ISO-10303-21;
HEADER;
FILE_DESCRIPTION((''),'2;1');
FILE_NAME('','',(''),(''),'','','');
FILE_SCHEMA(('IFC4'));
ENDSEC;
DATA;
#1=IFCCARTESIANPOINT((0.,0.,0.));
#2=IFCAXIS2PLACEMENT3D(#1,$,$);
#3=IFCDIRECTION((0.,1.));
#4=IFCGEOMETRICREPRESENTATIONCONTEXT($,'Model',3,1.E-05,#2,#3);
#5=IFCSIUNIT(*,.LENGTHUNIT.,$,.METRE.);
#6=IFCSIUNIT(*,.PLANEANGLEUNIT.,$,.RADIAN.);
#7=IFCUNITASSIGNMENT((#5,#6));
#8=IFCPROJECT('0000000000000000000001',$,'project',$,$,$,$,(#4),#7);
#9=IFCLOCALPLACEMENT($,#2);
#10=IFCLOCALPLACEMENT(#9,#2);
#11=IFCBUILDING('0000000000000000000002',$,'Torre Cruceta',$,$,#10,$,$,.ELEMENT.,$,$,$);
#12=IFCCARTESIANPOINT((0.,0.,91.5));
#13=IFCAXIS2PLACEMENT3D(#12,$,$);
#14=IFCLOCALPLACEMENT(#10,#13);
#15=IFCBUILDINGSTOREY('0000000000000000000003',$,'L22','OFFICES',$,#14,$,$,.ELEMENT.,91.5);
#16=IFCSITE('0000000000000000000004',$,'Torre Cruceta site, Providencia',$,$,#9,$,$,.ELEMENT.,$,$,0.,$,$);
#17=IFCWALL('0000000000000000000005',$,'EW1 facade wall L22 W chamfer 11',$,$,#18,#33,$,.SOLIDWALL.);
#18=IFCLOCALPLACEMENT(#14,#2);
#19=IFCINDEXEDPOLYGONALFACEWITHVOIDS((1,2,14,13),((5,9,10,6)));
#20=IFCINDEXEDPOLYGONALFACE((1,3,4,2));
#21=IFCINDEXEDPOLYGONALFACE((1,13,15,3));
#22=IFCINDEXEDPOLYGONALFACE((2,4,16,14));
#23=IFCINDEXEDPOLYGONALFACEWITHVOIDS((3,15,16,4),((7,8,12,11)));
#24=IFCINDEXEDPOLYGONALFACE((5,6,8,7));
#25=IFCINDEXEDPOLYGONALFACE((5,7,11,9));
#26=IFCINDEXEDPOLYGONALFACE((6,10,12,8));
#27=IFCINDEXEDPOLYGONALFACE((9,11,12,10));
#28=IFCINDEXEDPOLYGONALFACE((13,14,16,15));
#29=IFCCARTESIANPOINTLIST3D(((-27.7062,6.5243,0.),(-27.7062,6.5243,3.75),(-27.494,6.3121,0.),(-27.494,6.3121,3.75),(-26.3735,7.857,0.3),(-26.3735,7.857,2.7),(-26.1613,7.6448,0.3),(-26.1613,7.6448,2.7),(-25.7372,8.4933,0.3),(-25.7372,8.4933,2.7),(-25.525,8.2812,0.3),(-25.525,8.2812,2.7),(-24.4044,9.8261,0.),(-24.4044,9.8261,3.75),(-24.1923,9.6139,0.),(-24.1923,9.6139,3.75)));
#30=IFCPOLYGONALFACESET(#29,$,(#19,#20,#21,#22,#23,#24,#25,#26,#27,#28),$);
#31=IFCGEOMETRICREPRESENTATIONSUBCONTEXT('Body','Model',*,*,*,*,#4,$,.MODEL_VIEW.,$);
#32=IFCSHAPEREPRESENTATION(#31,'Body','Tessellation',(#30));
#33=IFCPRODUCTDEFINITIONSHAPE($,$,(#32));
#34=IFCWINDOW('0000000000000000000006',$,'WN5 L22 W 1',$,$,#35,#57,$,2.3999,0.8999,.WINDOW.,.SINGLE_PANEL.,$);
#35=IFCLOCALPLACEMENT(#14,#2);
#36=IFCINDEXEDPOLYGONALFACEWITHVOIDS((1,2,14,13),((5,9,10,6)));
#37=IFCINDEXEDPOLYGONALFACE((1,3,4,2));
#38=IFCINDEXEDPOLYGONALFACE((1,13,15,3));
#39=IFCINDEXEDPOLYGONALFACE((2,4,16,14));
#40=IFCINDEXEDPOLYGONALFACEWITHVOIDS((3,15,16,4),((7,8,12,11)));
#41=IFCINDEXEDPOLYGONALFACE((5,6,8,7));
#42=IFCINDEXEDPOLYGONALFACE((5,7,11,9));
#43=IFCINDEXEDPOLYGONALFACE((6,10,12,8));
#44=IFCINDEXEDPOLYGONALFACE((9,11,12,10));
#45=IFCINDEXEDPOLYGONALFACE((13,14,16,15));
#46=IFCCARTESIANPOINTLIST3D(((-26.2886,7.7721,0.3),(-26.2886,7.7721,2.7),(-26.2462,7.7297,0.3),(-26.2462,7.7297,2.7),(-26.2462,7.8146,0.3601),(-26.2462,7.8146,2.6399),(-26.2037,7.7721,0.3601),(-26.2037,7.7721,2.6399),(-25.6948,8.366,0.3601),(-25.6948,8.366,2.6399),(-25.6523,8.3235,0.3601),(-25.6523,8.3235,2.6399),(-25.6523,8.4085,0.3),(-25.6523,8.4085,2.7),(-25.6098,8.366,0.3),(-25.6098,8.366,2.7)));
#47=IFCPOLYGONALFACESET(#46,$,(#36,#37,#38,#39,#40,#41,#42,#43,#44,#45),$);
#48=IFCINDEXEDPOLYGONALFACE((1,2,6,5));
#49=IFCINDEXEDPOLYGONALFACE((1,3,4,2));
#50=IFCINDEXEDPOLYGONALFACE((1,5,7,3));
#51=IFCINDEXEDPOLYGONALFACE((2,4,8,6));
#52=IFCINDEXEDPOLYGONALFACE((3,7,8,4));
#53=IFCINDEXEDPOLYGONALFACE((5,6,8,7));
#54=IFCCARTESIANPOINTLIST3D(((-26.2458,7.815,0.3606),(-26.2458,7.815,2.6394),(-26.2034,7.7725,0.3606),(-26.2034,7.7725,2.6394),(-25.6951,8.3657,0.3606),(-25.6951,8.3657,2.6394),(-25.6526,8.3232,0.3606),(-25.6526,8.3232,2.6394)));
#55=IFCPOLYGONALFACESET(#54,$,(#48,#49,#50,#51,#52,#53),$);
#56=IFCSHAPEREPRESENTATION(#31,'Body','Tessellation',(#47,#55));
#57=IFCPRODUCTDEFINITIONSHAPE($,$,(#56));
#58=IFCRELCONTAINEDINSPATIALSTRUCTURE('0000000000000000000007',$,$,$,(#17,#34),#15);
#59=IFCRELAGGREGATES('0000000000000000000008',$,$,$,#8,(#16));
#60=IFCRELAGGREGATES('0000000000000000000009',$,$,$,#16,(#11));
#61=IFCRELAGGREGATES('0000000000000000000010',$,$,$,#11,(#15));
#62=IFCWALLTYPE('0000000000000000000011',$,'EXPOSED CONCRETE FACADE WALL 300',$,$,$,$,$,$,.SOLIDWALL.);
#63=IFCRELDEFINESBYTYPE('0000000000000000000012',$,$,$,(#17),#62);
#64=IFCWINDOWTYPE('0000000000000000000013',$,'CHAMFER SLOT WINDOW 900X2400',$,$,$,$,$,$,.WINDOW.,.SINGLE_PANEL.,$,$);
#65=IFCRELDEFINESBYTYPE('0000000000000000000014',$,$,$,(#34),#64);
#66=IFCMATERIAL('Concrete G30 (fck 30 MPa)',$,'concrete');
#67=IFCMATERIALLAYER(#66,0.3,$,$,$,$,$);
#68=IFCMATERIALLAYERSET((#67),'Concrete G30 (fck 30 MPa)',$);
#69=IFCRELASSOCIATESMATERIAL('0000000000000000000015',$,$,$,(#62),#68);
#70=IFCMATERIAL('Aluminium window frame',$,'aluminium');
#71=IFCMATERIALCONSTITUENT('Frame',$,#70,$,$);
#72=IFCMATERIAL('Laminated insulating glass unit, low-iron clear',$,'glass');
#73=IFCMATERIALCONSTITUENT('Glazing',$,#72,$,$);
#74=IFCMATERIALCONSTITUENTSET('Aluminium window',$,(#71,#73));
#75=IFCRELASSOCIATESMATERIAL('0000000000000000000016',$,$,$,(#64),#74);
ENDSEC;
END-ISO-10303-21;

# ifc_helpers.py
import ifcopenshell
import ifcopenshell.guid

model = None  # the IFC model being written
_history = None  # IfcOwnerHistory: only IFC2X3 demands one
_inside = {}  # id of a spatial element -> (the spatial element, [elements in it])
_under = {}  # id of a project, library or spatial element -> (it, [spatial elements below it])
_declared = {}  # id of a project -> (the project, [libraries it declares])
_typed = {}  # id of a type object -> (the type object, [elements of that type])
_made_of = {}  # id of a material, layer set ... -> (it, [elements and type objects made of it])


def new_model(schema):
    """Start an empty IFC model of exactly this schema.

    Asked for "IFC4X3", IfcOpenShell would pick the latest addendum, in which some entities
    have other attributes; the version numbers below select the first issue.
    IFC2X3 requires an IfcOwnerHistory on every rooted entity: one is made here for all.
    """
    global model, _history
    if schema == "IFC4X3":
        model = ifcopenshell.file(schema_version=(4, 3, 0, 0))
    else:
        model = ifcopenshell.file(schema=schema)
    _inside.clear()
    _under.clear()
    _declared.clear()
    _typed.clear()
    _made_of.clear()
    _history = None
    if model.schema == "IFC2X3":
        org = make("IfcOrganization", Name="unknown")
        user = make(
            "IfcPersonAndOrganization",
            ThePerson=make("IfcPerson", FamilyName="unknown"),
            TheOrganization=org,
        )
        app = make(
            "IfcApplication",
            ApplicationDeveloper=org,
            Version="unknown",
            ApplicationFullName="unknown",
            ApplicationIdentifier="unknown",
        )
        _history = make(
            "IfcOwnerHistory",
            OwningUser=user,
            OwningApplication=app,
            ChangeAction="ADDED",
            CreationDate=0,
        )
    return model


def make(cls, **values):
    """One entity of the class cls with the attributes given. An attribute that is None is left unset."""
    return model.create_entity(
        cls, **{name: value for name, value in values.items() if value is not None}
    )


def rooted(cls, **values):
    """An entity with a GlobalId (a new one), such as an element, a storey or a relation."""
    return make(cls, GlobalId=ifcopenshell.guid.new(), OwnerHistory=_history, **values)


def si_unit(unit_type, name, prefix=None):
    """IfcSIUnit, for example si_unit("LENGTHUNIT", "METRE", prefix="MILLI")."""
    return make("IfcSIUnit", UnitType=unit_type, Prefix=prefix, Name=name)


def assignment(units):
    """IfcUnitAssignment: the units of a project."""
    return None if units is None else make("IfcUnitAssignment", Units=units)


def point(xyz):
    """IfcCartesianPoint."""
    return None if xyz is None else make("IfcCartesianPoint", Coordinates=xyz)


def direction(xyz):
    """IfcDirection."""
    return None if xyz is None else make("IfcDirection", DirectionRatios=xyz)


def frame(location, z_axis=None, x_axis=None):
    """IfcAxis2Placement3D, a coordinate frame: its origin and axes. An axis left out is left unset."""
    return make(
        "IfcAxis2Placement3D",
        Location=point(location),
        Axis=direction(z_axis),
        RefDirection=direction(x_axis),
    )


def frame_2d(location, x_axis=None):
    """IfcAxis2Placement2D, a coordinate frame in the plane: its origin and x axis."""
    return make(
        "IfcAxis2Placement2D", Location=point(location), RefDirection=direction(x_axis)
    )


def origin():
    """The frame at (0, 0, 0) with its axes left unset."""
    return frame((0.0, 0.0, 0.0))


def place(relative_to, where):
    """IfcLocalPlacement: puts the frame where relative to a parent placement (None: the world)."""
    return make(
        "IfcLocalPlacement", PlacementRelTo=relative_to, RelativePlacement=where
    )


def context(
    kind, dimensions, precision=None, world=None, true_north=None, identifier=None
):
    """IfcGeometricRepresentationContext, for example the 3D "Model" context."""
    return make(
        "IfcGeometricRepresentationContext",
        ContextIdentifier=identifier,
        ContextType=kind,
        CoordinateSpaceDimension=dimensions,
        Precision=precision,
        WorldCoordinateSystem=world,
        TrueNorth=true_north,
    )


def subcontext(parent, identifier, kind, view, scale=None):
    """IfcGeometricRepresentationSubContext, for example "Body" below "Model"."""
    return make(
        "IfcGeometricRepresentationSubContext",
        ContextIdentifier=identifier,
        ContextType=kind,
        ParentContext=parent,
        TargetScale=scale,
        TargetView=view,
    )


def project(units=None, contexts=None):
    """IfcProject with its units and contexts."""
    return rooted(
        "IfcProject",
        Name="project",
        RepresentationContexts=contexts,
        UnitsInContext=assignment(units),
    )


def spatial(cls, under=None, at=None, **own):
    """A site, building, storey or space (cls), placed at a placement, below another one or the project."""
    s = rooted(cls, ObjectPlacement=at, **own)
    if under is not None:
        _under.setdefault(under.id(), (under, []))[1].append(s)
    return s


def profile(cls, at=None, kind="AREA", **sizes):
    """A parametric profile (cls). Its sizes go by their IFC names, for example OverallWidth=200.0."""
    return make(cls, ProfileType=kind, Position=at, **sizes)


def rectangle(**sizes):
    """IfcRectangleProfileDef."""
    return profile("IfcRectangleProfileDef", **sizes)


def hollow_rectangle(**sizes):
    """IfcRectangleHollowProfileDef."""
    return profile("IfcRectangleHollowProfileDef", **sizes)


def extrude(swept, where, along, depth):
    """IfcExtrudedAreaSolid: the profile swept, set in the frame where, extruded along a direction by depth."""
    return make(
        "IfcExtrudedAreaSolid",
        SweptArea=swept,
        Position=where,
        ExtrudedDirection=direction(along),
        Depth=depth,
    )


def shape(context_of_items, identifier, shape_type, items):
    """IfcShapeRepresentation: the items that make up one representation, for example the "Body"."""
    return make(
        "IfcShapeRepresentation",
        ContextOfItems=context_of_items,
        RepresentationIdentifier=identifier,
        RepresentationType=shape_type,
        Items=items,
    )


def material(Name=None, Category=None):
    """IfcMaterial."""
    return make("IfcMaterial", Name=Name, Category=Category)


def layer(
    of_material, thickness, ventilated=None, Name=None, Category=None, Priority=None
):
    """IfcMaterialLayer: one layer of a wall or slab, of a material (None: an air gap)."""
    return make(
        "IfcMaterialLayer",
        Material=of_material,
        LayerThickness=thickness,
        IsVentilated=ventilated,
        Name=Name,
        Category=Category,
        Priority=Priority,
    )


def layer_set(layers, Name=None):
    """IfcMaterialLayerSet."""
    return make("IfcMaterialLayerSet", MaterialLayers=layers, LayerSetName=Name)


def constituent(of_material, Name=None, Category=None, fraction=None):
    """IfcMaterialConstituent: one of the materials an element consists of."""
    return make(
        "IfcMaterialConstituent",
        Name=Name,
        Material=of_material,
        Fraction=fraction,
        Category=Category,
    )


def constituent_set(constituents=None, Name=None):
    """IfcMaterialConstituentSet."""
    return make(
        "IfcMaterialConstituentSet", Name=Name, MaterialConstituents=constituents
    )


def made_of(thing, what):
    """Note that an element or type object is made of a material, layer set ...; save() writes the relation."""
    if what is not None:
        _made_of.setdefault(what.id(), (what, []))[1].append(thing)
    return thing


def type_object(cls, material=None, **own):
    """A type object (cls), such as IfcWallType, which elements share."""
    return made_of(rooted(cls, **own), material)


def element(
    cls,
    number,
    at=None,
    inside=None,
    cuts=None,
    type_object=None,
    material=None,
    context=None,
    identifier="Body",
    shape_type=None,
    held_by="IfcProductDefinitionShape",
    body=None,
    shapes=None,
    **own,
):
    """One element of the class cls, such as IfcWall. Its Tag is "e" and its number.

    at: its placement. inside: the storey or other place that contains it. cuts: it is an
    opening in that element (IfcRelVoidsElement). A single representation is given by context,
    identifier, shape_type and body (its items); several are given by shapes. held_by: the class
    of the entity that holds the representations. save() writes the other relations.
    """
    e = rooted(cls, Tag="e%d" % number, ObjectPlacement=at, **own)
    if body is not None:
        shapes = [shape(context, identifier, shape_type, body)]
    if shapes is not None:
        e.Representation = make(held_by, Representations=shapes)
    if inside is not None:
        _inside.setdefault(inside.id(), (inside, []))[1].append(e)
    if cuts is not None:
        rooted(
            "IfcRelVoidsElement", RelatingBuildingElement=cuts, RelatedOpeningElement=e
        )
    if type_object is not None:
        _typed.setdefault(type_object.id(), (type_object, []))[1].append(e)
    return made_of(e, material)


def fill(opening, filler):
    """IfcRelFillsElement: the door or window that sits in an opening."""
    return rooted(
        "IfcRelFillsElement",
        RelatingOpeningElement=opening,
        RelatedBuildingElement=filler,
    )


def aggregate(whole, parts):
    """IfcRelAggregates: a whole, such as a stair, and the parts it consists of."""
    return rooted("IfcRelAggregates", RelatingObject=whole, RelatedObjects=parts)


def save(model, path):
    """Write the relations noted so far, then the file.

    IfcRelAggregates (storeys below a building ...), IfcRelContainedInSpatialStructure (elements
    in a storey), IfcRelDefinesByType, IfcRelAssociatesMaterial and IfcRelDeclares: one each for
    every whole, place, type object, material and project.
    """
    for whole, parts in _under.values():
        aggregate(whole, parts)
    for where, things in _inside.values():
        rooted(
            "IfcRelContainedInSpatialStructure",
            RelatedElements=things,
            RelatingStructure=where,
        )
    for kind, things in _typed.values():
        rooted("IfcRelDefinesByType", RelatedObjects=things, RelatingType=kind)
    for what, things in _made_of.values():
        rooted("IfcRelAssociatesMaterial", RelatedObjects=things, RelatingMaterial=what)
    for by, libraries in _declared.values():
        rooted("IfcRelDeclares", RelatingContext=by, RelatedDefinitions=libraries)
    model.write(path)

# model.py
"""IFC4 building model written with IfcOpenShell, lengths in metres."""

from ifc_helpers import new_model, si_unit, direction, frame, frame_2d, origin, place, context, subcontext, project, spatial, rectangle, hollow_rectangle, extrude, material, layer, layer_set, constituent, constituent_set, type_object, element, fill, save


model = new_model("IFC4")

# Units and contexts
model_context = context("Model", 3, precision=1e-05, world=origin(), true_north=direction((0.0, 1.0)))
body_context = subcontext(model_context, "Body", "Model", "MODEL_VIEW")
ifc_project = project(units=[si_unit("LENGTHUNIT", "METRE"), si_unit("PLANEANGLEUNIT", "RADIAN")], contexts=[model_context])

# Site, building, storey
site_placement = place(None, origin())
site = spatial("IfcSite", under=ifc_project, at=site_placement, Name="Torre Cruceta site, Providencia", CompositionType="ELEMENT", RefElevation=0.0)
building_placement = place(site_placement, origin())
building = spatial("IfcBuilding", under=site, at=building_placement, Name="Torre Cruceta", CompositionType="ELEMENT")
storey_placement = place(building_placement, frame((0.0, 0.0, 91.5)))
storey = spatial("IfcBuildingStorey", under=building, at=storey_placement, Name="L22", Description="OFFICES", CompositionType="ELEMENT", Elevation=91.5)

# Wall, opening, window
ifc_material_1 = material(Name="Concrete G30 (fck 30 MPa)", Category="concrete")
ifc_layer_1 = layer(ifc_material_1, 0.3)
ifc_layer_set_1 = layer_set([ifc_layer_1], Name="Concrete G30 (fck 30 MPa)")
wall_type = type_object("IfcWallType", Name="EXPOSED CONCRETE FACADE WALL 300", PredefinedType="SOLIDWALL", material=ifc_layer_set_1)
wall_placement = place(storey_placement, frame((-24.2983, 9.72, 0.0), z_axis=(0.0, 0.0, 1.0), x_axis=(-0.707107, -0.707107, 0.0)))
wall = element("IfcWall", 1, at=wall_placement, inside=storey, type_object=wall_type, Name="EW1 facade wall L22 W chamfer 11", PredefinedType="SOLIDWALL", context=body_context, shape_type="SweptSolid", body=[
    extrude(rectangle(XDim=4.6694, YDim=0.3, at=frame_2d((2.3347, 0.0))), origin(), (0.0, 0.0, 1.0), 3.75),
])
opening_placement = place(wall_placement, frame((1.8848, 0.0, 0.3)))
opening = element("IfcOpeningElement", 2, at=opening_placement, cuts=wall, PredefinedType="OPENING", context=body_context, shape_type="SweptSolid", body=[
    extrude(rectangle(XDim=0.8999, YDim=2.3999, at=frame_2d((0.45, 1.2))), frame((0.0, 0.1599, 0.0), z_axis=(0.0, -1.0, 0.0), x_axis=(1.0, 0.0, 0.0)), (0.0, 0.0, 1.0), 0.3201),
])
ifc_material_2 = material(Name="Aluminium window frame", Category="aluminium")
ifc_constituent_1 = constituent(ifc_material_2, Name="Frame")
ifc_material_3 = material(Name="Laminated insulating glass unit, low-iron clear", Category="glass")
ifc_constituent_2 = constituent(ifc_material_3, Name="Glazing")
ifc_constituent_set = constituent_set(constituents=[ifc_constituent_1, ifc_constituent_2], Name="Aluminium window")
window_type = type_object("IfcWindowType", Name="CHAMFER SLOT WINDOW 900X2400", PartitioningType="SINGLE_PANEL", PredefinedType="WINDOW", material=ifc_constituent_set)
window_placement = place(opening_placement, origin())
window = element("IfcWindow", 3, at=window_placement, inside=storey, type_object=window_type, Name="WN5 L22 W 1", OverallHeight=2.3999, OverallWidth=0.8999, PartitioningType="SINGLE_PANEL", PredefinedType="WINDOW", context=body_context, shape_type="SweptSolid", body=[
    extrude(hollow_rectangle(XDim=0.8999, YDim=2.3999, WallThickness=0.0601, at=frame_2d((0.45, 1.2))), frame((0.0, 0.03, 0.0), z_axis=(0.0, -1.0, 0.0), x_axis=(1.0, 0.0, 0.0)), (0.0, 0.0, 1.0), 0.0601),
    extrude(rectangle(XDim=0.7788, YDim=2.2788, at=frame_2d((0.45, 1.2))), frame((0.0, 0.03, 0.0), z_axis=(0.0, -1.0, 0.0), x_axis=(1.0, 0.0, 0.0)), (0.0, 0.0, 1.0), 0.0601),
])
fill(opening, window)

save(model, "model.ifc")
